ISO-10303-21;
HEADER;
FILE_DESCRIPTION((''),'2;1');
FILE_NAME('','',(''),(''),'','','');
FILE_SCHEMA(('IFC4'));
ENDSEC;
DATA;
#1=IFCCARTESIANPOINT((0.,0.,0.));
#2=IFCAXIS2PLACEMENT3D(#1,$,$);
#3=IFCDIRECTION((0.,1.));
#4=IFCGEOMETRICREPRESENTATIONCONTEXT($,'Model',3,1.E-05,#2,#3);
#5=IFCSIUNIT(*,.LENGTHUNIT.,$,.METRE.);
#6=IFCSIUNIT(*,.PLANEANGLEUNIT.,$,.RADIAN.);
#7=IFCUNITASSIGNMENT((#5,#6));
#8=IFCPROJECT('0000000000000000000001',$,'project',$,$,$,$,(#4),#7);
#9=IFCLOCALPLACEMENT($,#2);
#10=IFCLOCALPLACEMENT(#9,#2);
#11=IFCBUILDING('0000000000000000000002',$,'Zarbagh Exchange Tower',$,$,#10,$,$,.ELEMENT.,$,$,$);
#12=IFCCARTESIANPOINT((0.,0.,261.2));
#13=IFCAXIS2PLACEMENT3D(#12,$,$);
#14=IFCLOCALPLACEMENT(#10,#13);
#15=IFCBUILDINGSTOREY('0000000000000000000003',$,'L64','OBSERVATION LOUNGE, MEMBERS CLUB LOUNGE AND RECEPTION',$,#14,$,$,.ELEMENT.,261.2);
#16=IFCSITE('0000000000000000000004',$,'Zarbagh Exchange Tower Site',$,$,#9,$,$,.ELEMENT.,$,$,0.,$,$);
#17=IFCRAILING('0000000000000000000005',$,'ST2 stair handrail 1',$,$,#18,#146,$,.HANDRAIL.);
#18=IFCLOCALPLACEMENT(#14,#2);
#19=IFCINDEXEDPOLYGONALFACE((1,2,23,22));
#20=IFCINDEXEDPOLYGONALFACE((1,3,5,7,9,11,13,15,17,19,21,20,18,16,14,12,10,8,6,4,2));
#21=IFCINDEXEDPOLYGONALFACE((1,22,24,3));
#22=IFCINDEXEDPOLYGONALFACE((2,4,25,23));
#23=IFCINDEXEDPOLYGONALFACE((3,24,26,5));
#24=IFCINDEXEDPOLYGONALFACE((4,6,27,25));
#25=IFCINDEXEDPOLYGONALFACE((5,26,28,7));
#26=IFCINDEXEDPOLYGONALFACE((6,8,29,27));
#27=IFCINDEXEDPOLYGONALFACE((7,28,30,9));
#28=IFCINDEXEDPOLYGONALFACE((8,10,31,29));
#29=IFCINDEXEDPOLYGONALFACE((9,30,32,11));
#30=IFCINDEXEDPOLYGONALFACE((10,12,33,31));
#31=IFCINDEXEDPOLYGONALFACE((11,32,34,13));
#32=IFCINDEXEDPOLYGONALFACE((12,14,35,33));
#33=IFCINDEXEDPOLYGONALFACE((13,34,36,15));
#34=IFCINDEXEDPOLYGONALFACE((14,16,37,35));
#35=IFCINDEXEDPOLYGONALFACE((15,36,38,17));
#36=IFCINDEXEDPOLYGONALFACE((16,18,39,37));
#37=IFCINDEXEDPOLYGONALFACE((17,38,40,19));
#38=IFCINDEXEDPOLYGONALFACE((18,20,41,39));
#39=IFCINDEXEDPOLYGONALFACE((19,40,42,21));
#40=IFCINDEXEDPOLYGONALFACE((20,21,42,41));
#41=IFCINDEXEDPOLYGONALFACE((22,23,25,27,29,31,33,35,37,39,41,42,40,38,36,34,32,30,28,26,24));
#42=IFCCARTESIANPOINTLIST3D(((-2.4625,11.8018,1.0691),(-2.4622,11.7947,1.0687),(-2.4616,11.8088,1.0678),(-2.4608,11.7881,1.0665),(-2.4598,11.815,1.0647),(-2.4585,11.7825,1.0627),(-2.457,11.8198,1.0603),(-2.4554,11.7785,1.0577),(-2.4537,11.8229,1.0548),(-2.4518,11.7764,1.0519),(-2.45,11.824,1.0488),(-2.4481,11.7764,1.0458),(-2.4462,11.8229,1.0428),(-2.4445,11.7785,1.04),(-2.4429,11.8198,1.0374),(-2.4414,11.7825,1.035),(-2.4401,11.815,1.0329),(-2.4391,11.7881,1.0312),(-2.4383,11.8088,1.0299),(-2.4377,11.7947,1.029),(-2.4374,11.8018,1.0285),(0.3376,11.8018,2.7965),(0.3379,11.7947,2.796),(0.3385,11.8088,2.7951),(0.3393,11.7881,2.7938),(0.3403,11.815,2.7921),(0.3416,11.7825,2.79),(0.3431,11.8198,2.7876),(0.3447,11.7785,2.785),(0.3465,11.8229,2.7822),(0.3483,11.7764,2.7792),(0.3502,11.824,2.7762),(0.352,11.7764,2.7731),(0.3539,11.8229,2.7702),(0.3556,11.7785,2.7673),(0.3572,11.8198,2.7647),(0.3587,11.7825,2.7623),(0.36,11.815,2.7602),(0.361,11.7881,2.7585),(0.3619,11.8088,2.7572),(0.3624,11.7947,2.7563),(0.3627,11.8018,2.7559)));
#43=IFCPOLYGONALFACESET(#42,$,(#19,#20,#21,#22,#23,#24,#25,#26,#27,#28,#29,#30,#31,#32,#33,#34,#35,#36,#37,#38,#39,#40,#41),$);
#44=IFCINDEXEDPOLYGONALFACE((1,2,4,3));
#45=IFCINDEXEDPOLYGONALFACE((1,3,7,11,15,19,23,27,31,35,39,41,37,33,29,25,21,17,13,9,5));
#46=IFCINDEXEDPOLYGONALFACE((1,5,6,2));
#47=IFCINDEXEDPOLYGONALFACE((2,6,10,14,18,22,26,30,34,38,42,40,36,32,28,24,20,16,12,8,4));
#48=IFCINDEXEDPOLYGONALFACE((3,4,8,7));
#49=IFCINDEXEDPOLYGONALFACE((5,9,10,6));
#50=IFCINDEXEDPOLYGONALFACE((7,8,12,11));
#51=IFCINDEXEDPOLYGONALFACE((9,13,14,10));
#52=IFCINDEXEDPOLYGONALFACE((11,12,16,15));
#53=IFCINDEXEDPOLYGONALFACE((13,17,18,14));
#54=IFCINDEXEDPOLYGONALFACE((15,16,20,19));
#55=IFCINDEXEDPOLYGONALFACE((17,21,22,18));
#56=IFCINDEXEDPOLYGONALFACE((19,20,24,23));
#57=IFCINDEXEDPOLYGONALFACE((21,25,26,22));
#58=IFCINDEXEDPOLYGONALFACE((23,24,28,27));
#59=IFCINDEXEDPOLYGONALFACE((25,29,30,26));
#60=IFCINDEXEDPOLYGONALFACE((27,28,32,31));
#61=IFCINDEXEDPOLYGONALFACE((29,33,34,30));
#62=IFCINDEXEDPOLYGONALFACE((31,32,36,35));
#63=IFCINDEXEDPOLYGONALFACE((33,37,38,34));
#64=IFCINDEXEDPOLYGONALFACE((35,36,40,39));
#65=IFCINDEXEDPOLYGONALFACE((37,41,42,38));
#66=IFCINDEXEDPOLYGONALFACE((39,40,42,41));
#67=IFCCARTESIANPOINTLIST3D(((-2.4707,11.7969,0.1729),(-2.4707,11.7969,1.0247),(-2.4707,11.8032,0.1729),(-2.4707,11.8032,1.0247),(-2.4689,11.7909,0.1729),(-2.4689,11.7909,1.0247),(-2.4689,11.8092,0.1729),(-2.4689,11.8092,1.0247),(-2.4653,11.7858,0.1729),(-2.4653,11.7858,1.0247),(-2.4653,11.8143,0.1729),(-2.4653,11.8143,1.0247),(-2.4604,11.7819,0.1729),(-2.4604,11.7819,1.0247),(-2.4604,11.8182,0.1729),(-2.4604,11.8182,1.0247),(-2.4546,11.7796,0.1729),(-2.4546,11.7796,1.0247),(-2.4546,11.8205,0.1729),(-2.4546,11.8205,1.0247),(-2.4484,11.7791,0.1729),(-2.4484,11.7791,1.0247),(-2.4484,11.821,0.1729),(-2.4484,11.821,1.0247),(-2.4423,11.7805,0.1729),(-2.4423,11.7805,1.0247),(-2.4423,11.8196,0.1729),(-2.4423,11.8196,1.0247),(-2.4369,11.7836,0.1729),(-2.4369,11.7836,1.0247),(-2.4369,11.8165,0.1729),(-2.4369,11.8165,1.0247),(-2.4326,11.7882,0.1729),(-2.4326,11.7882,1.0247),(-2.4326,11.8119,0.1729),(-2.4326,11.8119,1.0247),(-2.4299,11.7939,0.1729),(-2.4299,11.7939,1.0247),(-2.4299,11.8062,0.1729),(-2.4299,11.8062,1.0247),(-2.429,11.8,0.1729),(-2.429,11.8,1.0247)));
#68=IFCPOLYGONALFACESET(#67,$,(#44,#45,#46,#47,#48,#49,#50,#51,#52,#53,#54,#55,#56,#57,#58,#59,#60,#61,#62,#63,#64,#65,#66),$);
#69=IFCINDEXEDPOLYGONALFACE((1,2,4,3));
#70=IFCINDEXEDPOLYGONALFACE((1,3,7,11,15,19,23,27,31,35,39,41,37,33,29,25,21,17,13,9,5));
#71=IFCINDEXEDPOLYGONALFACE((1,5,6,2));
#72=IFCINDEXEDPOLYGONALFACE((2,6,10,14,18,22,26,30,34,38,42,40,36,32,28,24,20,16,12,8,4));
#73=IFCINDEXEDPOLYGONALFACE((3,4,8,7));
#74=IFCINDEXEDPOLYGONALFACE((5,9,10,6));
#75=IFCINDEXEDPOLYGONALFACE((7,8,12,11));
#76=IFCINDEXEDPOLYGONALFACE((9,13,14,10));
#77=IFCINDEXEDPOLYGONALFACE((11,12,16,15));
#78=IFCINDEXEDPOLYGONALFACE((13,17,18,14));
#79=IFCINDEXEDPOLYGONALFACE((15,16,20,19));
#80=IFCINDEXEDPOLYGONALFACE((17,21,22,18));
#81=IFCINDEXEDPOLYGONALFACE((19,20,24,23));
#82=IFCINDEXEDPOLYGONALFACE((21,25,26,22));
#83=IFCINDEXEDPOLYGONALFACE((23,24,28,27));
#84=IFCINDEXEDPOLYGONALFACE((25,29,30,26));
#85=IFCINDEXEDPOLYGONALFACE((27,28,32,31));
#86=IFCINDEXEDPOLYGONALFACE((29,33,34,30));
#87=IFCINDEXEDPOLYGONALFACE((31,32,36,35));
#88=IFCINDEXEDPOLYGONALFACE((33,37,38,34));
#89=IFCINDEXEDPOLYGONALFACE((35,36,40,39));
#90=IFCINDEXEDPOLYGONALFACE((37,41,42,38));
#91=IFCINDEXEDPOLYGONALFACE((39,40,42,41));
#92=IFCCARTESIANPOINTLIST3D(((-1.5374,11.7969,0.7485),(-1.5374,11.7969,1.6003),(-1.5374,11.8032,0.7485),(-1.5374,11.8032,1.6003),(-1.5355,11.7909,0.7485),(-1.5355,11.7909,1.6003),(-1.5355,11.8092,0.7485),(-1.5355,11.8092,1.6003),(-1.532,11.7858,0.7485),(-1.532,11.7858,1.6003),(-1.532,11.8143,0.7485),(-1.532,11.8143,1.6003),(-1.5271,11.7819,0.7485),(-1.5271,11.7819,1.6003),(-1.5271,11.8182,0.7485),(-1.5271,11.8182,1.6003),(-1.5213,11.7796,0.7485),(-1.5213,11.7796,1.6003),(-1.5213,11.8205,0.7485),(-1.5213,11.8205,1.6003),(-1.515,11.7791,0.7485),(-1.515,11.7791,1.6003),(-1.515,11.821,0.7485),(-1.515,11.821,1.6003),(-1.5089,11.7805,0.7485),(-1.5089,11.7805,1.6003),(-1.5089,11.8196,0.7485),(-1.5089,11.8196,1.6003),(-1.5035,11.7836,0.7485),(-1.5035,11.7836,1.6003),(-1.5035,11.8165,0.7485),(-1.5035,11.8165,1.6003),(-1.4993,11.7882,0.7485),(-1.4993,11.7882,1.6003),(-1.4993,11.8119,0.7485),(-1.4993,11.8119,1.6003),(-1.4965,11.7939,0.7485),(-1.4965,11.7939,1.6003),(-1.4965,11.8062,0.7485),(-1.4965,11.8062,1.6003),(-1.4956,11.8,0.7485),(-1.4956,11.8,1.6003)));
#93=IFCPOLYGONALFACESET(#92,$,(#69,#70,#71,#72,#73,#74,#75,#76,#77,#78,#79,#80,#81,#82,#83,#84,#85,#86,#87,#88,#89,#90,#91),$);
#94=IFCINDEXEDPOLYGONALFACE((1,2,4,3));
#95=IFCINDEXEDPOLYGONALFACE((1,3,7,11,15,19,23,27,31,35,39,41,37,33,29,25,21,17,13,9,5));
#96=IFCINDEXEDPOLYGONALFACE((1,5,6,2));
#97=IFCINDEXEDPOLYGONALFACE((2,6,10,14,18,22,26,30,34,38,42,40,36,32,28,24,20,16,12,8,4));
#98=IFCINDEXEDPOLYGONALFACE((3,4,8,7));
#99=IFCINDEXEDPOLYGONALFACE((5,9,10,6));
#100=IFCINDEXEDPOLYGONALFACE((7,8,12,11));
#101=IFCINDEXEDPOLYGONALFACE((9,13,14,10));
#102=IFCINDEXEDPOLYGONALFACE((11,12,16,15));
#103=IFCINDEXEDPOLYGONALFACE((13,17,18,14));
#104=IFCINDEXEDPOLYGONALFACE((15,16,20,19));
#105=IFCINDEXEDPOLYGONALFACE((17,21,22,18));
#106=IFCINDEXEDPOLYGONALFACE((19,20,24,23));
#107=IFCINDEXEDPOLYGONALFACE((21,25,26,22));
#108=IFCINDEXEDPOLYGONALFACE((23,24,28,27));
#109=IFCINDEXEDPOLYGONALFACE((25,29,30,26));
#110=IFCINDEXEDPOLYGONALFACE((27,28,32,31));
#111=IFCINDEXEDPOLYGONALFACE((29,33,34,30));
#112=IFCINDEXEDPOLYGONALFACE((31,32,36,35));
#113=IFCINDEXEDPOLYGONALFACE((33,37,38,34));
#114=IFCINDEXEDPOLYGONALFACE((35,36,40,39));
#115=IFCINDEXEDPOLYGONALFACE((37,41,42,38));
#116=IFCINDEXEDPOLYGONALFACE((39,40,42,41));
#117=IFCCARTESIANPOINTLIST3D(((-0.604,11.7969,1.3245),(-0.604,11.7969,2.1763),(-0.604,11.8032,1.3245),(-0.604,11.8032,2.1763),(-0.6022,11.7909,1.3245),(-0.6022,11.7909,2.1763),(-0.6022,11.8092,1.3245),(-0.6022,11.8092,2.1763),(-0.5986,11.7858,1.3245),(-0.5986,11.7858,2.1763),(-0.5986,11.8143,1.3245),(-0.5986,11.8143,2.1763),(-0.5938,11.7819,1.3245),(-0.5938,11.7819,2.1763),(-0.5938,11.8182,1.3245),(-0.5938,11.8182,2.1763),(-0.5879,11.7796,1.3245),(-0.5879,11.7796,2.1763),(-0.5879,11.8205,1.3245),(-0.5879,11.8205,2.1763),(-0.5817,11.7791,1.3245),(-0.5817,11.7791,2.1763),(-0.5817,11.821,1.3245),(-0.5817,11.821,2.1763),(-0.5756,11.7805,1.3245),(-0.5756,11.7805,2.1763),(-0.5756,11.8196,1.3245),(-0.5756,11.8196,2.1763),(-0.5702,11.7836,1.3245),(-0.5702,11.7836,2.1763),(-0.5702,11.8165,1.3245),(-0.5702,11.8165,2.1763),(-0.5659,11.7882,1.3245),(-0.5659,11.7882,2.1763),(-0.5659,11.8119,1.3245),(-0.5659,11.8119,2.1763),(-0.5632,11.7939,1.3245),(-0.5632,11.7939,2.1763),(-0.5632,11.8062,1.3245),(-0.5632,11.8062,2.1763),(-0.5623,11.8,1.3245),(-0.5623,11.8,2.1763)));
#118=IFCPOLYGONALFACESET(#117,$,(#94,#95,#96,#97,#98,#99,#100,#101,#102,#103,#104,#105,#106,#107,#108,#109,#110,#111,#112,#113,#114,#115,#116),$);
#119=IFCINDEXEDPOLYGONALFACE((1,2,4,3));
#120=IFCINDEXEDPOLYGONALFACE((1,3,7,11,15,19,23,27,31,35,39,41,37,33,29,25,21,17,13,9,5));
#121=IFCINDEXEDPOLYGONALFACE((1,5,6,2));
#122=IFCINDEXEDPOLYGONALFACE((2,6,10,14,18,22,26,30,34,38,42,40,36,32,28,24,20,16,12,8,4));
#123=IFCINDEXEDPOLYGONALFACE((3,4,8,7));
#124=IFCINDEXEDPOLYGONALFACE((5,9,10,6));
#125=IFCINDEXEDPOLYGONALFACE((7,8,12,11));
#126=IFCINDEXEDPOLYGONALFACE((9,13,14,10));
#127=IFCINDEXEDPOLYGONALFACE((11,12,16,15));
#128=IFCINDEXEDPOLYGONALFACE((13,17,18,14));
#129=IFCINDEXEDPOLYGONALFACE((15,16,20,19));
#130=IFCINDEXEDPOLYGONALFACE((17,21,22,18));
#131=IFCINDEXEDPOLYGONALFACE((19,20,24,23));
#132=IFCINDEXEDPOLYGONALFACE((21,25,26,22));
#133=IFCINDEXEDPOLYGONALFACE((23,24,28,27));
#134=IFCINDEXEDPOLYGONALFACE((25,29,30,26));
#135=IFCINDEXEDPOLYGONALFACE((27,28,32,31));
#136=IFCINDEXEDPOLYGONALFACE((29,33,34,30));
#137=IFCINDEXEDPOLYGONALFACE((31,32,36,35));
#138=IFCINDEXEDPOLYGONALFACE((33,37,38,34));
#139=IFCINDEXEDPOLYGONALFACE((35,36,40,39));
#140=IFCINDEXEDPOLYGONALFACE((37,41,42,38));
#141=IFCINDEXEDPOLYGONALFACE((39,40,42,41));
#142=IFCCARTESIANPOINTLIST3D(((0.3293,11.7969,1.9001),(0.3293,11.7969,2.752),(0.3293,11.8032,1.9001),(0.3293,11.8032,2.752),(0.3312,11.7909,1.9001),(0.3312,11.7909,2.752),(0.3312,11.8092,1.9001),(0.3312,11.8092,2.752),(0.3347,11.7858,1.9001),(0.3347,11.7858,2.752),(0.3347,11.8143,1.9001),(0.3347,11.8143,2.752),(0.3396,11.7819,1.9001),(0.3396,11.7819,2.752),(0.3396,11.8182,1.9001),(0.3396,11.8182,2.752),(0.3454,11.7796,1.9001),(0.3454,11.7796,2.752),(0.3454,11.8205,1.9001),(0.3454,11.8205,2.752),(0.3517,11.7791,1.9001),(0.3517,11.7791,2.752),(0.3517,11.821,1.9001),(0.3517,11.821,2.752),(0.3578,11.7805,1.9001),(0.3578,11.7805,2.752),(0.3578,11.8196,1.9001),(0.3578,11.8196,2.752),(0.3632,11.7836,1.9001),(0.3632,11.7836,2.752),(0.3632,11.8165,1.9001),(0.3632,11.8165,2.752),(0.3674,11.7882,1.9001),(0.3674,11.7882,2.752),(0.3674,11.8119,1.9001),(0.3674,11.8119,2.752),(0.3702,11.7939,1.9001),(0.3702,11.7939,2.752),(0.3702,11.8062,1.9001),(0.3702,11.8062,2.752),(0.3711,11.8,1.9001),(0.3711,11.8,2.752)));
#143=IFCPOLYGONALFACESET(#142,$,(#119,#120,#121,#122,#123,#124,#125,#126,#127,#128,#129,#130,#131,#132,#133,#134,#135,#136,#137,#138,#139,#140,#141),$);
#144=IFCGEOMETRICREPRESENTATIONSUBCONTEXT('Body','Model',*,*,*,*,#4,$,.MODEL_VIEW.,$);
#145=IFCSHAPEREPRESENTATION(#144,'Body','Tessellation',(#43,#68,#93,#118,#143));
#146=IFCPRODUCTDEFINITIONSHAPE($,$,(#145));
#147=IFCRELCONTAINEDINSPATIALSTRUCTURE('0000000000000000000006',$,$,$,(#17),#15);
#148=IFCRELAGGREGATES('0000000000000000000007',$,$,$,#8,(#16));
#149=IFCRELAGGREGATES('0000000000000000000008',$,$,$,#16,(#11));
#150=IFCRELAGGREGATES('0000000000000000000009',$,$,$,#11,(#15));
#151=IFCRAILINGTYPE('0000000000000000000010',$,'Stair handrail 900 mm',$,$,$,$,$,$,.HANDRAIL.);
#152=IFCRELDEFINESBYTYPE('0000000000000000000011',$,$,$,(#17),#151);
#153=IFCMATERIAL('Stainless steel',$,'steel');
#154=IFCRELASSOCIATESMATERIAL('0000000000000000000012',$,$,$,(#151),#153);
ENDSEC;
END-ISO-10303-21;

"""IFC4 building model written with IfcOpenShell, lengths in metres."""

from ifc_helpers import new_model, si_unit, direction, frame, origin, origin_2d, place, context, subcontext, project, spatial, circle, extrude, material, type_object, element, save


model = new_model("IFC4")

# Units and contexts
model_context = context("Model", 3, precision=1e-05, world=origin(), true_north=direction((0.0, 1.0)))
body_context = subcontext(model_context, "Body", "Model", "MODEL_VIEW")
ifc_project = project(units=[si_unit("LENGTHUNIT", "METRE"), si_unit("PLANEANGLEUNIT", "RADIAN")], contexts=[model_context])

# Site, building, storey
site_placement = place(None, origin())
site = spatial("IfcSite", under=ifc_project, at=site_placement, Name="Zarbagh Exchange Tower Site", CompositionType="ELEMENT", RefElevation=0.0)
building_placement = place(site_placement, origin())
building = spatial("IfcBuilding", under=site, at=building_placement, Name="Zarbagh Exchange Tower", CompositionType="ELEMENT")
storey_placement = place(building_placement, frame((0.0, 0.0, 261.2)))
storey = spatial("IfcBuildingStorey", under=building, at=storey_placement, Name="L64", Description="OBSERVATION LOUNGE, MEMBERS CLUB LOUNGE AND RECEPTION", CompositionType="ELEMENT", Elevation=261.2)

# Railing
ifc_material_1 = material(Name="Stainless steel", Category="steel")
railing_type = type_object("IfcRailingType", Name="Stair handrail 900 mm", PredefinedType="HANDRAIL", material=ifc_material_1)
railing_1_placement = place(storey_placement, frame((-2.45, 11.8, 0.1729)))
element("IfcRailing", 1, at=railing_1_placement, inside=storey, type_object=railing_type, Name="ST2 stair handrail 1", PredefinedType="HANDRAIL", context=body_context, shape_type="SweptSolid", body=[
    extrude(circle(Radius=0.0239, at=origin_2d()), frame((0.0, 0.0, 0.876), z_axis=(0.85109, 0.0, 0.52502), x_axis=(0.0, 1.0, 0.0)), (0.0, 0.0, 1.0), 3.29),
    extrude(circle(Radius=0.021, at=origin_2d()), origin(), (0.0, 0.0, 1.0), 0.8518),
    extrude(circle(Radius=0.021, at=origin_2d()), frame((0.9333, 0.0, 0.5757)), (0.0, 0.0, 1.0), 0.8518),
    extrude(circle(Radius=0.021, at=origin_2d()), frame((1.8667, 0.0, 1.1516)), (0.0, 0.0, 1.0), 0.8518),
    extrude(circle(Radius=0.021, at=origin_2d()), frame((2.8, 0.0, 1.7273)), (0.0, 0.0, 1.0), 0.8518),
])

save(model, "model.ifc")
